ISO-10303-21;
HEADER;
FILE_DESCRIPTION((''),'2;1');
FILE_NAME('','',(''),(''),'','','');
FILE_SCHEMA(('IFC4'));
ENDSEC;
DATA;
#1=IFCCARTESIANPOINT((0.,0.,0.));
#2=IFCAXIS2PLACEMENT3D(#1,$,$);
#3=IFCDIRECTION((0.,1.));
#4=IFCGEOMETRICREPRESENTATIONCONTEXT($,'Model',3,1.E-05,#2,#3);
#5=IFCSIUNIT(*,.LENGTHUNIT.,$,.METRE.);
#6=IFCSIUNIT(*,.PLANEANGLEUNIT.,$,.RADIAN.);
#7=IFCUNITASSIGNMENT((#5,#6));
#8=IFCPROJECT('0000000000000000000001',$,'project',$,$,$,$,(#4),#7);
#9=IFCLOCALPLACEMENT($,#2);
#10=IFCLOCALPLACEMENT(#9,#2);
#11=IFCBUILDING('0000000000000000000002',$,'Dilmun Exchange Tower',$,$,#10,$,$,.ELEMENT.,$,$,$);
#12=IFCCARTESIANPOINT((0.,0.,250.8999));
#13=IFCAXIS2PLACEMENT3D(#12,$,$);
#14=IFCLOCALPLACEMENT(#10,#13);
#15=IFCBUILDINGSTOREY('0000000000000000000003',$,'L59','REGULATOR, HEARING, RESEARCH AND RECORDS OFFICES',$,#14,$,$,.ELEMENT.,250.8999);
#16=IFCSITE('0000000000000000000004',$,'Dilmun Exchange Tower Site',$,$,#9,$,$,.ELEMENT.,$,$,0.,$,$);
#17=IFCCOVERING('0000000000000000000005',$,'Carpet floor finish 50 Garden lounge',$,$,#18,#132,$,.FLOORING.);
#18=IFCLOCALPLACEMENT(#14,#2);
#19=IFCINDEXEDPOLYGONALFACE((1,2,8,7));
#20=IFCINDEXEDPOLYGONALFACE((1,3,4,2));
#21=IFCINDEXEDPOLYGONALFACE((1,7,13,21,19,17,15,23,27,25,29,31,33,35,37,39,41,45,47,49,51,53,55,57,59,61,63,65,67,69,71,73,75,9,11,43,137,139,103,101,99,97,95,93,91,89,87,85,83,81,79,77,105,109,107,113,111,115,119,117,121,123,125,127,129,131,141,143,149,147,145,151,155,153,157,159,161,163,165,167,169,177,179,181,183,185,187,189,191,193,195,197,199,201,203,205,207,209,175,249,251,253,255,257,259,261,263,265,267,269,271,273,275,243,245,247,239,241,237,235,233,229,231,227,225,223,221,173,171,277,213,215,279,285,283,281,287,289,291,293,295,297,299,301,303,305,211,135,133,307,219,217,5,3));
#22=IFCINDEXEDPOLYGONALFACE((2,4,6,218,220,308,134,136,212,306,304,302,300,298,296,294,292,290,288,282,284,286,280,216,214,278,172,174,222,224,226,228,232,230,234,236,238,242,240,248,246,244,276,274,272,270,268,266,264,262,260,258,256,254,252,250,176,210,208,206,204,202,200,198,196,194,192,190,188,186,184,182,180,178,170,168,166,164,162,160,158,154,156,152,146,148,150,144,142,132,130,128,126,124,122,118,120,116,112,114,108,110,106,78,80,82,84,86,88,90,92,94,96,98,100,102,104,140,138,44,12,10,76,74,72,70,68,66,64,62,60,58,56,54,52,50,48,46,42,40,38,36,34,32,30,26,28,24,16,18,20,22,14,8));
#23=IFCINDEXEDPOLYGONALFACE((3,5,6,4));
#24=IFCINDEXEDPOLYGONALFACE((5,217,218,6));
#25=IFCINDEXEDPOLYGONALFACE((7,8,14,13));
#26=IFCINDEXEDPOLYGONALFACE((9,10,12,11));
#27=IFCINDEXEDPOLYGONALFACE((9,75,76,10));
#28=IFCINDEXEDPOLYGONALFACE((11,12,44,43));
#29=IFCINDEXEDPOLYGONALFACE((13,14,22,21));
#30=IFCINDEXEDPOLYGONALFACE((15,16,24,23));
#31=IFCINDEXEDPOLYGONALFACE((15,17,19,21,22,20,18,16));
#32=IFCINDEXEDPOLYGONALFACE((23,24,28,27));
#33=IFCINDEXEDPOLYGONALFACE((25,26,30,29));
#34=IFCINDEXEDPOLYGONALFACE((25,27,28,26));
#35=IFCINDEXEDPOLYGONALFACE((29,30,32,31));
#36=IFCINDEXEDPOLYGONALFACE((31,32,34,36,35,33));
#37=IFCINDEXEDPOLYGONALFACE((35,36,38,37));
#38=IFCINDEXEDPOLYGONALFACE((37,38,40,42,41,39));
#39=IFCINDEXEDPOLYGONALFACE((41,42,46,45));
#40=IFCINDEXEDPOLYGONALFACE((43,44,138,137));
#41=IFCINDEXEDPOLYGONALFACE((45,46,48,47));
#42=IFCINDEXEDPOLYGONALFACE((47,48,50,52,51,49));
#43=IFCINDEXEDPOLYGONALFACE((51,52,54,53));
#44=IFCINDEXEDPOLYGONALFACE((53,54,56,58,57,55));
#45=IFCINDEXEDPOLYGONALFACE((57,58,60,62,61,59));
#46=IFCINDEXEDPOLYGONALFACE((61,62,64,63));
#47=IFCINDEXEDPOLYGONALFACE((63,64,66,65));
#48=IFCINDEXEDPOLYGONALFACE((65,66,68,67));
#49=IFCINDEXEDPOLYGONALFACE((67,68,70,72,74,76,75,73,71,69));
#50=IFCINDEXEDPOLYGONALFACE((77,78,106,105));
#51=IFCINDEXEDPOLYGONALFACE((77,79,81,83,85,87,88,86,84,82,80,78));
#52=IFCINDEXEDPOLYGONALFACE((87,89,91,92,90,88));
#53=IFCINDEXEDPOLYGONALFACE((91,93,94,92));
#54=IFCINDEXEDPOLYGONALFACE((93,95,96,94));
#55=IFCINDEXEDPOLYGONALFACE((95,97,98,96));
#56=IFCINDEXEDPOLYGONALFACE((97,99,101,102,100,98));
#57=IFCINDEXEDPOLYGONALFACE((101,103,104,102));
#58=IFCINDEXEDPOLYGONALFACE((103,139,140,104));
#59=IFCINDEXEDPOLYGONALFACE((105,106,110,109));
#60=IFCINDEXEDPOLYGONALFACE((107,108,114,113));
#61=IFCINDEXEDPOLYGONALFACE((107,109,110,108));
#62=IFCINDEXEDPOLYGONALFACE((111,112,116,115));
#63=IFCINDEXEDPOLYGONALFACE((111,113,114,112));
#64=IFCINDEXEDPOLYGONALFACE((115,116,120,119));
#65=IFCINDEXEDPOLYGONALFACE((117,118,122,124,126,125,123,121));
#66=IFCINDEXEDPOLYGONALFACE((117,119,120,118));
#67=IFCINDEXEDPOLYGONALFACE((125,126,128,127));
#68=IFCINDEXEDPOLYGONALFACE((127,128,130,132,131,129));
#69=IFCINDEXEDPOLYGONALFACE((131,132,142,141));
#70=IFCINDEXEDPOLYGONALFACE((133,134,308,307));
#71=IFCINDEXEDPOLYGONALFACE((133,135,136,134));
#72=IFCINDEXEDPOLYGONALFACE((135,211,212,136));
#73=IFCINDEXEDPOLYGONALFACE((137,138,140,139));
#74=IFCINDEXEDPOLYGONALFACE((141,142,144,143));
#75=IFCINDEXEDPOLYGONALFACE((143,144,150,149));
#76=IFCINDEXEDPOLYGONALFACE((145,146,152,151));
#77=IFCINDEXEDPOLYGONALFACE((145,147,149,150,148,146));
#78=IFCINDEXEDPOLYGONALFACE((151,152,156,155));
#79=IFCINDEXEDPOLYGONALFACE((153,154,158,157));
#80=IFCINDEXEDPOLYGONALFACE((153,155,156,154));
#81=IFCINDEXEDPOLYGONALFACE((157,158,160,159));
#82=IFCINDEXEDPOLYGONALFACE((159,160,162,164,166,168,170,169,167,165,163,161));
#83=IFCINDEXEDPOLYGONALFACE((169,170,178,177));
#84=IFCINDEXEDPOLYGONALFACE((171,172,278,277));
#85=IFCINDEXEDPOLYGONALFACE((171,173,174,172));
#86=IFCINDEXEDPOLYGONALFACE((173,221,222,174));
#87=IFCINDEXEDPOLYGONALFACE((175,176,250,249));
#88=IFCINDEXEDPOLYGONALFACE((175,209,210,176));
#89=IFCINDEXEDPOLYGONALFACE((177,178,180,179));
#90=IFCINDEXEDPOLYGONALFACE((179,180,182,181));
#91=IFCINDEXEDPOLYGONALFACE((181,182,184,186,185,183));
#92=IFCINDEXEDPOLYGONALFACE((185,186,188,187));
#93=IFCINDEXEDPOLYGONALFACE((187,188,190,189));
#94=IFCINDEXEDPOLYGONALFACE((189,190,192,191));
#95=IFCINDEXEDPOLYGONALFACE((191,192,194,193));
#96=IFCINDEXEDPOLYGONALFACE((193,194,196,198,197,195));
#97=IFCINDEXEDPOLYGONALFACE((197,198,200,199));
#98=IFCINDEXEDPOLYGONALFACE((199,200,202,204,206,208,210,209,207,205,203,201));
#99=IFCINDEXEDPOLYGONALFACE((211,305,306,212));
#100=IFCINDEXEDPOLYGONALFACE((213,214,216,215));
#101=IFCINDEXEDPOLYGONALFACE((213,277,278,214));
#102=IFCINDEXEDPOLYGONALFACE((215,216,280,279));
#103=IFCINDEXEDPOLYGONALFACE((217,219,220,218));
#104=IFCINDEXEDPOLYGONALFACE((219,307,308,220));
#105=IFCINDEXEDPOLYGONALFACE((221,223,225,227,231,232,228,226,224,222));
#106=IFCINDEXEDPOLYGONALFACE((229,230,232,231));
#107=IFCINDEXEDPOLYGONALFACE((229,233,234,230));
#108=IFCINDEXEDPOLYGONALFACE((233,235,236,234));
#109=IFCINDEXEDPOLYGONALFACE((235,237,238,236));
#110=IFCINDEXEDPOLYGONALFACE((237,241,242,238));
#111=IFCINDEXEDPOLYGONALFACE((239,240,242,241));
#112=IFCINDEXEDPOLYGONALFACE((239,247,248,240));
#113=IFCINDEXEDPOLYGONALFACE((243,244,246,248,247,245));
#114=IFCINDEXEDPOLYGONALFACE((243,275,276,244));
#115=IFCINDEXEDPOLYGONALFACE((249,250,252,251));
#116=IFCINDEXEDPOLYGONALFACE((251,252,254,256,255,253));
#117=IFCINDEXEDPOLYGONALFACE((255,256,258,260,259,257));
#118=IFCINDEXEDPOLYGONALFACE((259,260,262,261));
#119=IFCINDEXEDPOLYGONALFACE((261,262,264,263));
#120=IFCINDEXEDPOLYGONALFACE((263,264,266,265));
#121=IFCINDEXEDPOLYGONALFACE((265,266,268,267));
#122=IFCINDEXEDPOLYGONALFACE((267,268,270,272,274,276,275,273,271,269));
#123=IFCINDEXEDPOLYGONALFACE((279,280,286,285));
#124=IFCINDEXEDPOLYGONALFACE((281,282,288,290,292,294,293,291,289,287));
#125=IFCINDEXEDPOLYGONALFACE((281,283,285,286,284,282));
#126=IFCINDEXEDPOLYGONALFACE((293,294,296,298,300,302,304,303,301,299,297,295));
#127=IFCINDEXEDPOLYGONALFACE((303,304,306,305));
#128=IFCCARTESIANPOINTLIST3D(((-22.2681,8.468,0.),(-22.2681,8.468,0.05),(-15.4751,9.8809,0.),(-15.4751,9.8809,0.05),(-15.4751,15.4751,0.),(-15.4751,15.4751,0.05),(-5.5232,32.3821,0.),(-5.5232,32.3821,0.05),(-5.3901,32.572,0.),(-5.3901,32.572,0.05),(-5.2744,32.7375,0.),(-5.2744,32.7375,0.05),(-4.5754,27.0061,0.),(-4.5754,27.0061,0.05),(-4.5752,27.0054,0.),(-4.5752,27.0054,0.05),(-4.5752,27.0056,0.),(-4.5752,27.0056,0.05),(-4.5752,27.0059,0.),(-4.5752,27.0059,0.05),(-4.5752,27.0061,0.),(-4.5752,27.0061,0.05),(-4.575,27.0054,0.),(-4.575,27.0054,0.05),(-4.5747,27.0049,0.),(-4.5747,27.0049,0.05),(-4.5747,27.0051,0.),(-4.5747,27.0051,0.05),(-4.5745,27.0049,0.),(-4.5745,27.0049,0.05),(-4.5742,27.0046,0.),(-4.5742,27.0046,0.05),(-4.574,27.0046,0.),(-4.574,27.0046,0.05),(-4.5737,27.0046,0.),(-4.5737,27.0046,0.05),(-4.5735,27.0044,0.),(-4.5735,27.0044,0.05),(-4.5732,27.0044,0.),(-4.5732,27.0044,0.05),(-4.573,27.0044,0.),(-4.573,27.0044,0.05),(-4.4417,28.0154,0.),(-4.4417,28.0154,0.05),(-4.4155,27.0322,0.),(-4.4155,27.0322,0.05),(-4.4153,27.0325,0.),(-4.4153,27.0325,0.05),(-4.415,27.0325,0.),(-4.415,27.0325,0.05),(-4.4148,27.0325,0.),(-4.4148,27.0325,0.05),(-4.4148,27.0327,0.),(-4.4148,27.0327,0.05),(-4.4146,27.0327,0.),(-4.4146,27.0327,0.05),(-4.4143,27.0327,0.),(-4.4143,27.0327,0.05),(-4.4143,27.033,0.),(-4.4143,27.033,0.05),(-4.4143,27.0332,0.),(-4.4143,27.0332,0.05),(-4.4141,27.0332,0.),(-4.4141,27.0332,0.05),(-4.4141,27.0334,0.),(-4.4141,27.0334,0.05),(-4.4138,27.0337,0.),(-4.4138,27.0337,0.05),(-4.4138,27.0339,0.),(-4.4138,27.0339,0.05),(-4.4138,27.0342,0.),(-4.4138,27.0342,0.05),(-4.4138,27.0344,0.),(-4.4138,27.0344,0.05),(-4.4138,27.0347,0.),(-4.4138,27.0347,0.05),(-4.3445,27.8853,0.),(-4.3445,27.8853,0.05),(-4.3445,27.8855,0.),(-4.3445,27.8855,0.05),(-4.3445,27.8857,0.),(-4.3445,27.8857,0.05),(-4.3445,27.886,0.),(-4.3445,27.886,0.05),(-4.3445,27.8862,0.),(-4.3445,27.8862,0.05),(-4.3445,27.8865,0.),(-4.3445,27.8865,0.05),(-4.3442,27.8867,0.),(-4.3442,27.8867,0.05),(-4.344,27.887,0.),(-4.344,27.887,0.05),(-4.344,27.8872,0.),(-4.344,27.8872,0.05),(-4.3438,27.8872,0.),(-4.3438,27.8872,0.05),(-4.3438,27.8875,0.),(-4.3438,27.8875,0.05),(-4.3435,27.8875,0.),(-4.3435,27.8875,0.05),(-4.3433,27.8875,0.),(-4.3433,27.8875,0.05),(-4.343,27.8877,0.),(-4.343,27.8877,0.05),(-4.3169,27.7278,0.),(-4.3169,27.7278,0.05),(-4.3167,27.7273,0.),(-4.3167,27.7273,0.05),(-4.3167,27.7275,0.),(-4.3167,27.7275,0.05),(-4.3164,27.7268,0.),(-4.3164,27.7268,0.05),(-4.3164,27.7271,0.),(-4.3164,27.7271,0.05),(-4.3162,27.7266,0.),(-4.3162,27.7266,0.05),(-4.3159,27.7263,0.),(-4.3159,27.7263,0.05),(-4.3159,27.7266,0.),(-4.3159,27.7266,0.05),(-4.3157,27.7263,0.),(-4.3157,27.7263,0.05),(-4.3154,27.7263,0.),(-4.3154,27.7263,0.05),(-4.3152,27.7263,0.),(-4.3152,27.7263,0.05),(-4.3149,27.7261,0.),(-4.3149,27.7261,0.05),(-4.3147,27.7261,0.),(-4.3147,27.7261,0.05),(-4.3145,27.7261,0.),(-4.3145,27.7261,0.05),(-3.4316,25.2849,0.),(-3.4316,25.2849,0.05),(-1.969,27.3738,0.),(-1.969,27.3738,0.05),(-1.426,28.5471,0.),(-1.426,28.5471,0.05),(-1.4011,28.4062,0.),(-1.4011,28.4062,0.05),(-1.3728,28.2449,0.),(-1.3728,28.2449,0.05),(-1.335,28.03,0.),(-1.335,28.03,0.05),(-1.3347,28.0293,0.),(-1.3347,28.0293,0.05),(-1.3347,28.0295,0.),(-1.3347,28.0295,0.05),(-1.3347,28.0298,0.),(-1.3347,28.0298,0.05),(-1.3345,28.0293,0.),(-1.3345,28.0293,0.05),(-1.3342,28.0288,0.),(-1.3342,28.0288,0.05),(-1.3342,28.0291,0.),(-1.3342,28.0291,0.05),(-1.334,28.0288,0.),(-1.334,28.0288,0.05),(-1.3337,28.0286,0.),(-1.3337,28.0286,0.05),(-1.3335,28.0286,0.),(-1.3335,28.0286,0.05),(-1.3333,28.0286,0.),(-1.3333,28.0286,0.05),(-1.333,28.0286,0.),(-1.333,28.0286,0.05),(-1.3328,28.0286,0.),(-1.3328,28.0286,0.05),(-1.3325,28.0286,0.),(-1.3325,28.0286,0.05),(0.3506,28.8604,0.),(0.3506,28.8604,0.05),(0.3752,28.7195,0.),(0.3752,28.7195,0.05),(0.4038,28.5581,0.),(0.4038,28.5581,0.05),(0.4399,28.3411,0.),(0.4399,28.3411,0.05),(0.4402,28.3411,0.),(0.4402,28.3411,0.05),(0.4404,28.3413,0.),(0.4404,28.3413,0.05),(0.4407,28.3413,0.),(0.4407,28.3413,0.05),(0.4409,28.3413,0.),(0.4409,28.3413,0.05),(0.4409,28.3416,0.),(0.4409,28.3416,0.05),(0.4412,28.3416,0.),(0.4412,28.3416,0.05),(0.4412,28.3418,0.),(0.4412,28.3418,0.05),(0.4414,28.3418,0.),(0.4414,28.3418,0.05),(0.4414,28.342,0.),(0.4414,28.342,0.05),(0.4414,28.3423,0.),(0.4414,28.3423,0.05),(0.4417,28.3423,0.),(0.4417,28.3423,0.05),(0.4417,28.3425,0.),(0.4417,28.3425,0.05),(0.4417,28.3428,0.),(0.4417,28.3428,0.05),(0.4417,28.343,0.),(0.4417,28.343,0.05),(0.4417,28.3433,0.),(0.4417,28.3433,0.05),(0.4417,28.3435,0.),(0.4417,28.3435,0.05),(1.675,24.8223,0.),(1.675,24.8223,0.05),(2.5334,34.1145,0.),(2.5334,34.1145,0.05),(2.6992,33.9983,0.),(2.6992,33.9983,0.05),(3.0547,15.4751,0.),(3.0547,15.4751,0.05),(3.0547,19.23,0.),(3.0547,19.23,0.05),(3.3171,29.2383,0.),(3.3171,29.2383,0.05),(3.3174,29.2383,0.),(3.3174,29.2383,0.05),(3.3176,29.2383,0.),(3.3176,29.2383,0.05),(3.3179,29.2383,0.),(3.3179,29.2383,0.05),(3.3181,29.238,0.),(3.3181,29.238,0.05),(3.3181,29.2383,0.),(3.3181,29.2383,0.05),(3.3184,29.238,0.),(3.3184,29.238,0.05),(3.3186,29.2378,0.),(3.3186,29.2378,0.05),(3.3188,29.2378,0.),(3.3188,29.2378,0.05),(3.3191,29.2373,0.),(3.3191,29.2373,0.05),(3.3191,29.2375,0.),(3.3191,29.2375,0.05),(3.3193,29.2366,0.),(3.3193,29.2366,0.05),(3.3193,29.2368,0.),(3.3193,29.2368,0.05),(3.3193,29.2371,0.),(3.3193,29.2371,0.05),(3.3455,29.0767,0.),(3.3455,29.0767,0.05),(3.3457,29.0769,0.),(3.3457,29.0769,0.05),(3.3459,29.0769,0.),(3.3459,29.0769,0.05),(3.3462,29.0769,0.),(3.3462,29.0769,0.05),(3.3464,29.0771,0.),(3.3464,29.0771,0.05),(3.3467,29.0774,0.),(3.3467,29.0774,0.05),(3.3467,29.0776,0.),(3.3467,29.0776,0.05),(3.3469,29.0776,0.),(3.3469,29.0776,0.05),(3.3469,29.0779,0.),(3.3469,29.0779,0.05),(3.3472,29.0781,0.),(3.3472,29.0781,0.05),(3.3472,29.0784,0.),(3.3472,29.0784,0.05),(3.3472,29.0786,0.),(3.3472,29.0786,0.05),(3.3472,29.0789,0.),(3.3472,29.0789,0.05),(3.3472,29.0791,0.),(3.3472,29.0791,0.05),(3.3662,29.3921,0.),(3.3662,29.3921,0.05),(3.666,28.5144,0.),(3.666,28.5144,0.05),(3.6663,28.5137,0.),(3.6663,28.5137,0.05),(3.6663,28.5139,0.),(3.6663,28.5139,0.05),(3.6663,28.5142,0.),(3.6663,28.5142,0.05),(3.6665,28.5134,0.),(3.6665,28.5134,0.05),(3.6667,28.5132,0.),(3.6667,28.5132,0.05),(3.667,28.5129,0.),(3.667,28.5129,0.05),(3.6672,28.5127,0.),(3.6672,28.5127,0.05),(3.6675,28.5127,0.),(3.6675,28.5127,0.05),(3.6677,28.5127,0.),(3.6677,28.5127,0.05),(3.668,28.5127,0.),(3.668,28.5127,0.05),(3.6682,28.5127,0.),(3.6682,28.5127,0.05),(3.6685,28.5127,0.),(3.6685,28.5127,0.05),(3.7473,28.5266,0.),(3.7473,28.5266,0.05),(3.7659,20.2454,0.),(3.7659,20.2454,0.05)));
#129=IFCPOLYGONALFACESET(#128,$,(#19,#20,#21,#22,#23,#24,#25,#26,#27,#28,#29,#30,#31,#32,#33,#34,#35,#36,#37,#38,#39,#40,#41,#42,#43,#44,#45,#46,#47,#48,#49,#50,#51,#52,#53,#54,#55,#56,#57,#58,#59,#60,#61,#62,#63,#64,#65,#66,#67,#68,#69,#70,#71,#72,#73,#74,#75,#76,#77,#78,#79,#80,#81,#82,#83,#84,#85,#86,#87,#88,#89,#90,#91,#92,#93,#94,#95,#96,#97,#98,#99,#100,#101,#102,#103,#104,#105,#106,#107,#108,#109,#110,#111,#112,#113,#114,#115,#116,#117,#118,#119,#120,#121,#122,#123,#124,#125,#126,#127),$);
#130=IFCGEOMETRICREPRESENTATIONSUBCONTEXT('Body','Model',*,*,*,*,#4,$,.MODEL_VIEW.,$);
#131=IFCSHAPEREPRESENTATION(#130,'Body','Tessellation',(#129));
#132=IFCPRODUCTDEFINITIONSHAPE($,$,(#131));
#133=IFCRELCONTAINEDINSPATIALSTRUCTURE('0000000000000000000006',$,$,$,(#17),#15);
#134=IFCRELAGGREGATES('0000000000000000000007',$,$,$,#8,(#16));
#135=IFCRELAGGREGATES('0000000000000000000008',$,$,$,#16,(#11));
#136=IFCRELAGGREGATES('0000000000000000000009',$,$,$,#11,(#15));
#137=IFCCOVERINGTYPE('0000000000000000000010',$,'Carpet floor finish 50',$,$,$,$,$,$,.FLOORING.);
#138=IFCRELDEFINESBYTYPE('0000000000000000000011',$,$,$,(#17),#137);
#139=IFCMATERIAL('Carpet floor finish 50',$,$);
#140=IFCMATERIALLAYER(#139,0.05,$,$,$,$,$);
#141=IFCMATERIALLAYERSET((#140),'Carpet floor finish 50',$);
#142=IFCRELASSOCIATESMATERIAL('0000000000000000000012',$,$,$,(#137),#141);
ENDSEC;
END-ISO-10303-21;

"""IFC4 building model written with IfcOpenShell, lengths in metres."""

from ifc_helpers import new_model, si_unit, direction, frame, origin, place, context, subcontext, project, spatial, polyline, outline, extrude, material, layer, layer_set, type_object, element, save


model = new_model("IFC4")

# Units and contexts
model_context = context("Model", 3, precision=1e-05, world=origin(), true_north=direction((0.0, 1.0)))
body_context = subcontext(model_context, "Body", "Model", "MODEL_VIEW")
ifc_project = project(units=[si_unit("LENGTHUNIT", "METRE"), si_unit("PLANEANGLEUNIT", "RADIAN")], contexts=[model_context])

# Site, building, storey
site_placement = place(None, origin())
site = spatial("IfcSite", under=ifc_project, at=site_placement, Name="Dilmun Exchange Tower Site", CompositionType="ELEMENT", RefElevation=0.0)
building_placement = place(site_placement, origin())
building = spatial("IfcBuilding", under=site, at=building_placement, Name="Dilmun Exchange Tower", CompositionType="ELEMENT")
storey_placement = place(building_placement, frame((0.0, 0.0, 250.8999)))
storey = spatial("IfcBuildingStorey", under=building, at=storey_placement, Name="L59", Description="REGULATOR, HEARING, RESEARCH AND RECORDS OFFICES", CompositionType="ELEMENT", Elevation=250.8999)

# Covering
ifc_material_1 = material(Name="Carpet floor finish 50")
ifc_layer_1 = layer(ifc_material_1, 0.05)
ifc_layer_set_1 = layer_set([ifc_layer_1], Name="Carpet floor finish 50")
covering_type_1 = type_object("IfcCoveringType", Name="Carpet floor finish 50", PredefinedType="FLOORING", material=ifc_layer_set_1)
covering_1_placement = place(storey_placement, origin())
element("IfcCovering", 1, at=covering_1_placement, inside=storey, type_object=covering_type_1, Name="Carpet floor finish 50 Garden lounge", PredefinedType="FLOORING", context=body_context, shape_type="SweptSolid", body=[
    extrude(outline(polyline([(-15.4751, 9.8809), (-22.2681, 8.468), (-5.5232, 32.3821), (-4.5754, 27.0061), (-4.5752, 27.0061), (-4.5752, 27.0059), (-4.5752, 27.0056), (-4.5752, 27.0054), (-4.575, 27.0054), (-4.5747, 27.0051), (-4.5747, 27.0049), (-4.5745, 27.0049), (-4.5745, 27.0049), (-4.5742, 27.0046), (-4.574, 27.0046), (-4.5737, 27.0046), (-4.5735, 27.0044), (-4.5735, 27.0044), (-4.5732, 27.0044), (-4.573, 27.0044), (-4.4155, 27.0322), (-4.4153, 27.0325), (-4.415, 27.0325), (-4.4148, 27.0325), (-4.4148, 27.0327), (-4.4146, 27.0327), (-4.4143, 27.0327), (-4.4143, 27.033), (-4.4143, 27.0332), (-4.4141, 27.0332), (-4.4141, 27.0334), (-4.4138, 27.0337), (-4.4138, 27.0339), (-4.4138, 27.0342), (-4.4138, 27.0342), (-4.4138, 27.0344), (-4.4138, 27.0347), (-5.3901, 32.572), (-5.2744, 32.7375), (-4.4417, 28.0154), (-1.426, 28.5471), (-1.4011, 28.4062), (-4.343, 27.8877), (-4.343, 27.8877), (-4.3433, 27.8875), (-4.3435, 27.8875), (-4.3438, 27.8875), (-4.3438, 27.8872), (-4.344, 27.8872), (-4.344, 27.887), (-4.3442, 27.8867), (-4.3442, 27.8867), (-4.3445, 27.8865), (-4.3445, 27.8862), (-4.3445, 27.886), (-4.3445, 27.886), (-4.3445, 27.8857), (-4.3445, 27.8855), (-4.3445, 27.8853), (-4.3169, 27.7278), (-4.3167, 27.7275), (-4.3167, 27.7273), (-4.3167, 27.7273), (-4.3164, 27.7271), (-4.3164, 27.7268), (-4.3164, 27.7268), (-4.3162, 27.7266), (-4.3159, 27.7266), (-4.3159, 27.7263), (-4.3157, 27.7263), (-4.3154, 27.7263), (-4.3152, 27.7263), (-4.3149, 27.7261), (-4.3149, 27.7261), (-4.3147, 27.7261), (-4.3145, 27.7261), (-1.3728, 28.2449), (-1.335, 28.03), (-1.3347, 28.0298), (-1.3347, 28.0298), (-1.3347, 28.0295), (-1.3347, 28.0293), (-1.3345, 28.0293), (-1.3342, 28.0291), (-1.3342, 28.0288), (-1.334, 28.0288), (-1.334, 28.0288), (-1.3337, 28.0286), (-1.3335, 28.0286), (-1.3333, 28.0286), (-1.333, 28.0286), (-1.333, 28.0286), (-1.3328, 28.0286), (-1.3325, 28.0286), (0.4399, 28.3411), (0.4402, 28.3411), (0.4404, 28.3413), (0.4407, 28.3413), (0.4409, 28.3413), (0.4409, 28.3416), (0.4412, 28.3416), (0.4412, 28.3418), (0.4414, 28.3418), (0.4414, 28.342), (0.4414, 28.3423), (0.4417, 28.3423), (0.4417, 28.3425), (0.4417, 28.3428), (0.4417, 28.343), (0.4417, 28.3433), (0.4417, 28.3435), (0.4038, 28.5581), (3.3455, 29.0767), (3.3457, 29.0769), (3.3459, 29.0769), (3.3462, 29.0769), (3.3462, 29.0769), (3.3464, 29.0771), (3.3467, 29.0774), (3.3467, 29.0774), (3.3467, 29.0776), (3.3469, 29.0776), (3.3469, 29.0779), (3.3472, 29.0781), (3.3472, 29.0784), (3.3472, 29.0786), (3.3472, 29.0786), (3.3472, 29.0789), (3.3472, 29.0791), (3.3193, 29.2366), (3.3193, 29.2368), (3.3193, 29.2371), (3.3191, 29.2373), (3.3191, 29.2373), (3.3191, 29.2375), (3.3188, 29.2378), (3.3186, 29.2378), (3.3186, 29.2378), (3.3184, 29.238), (3.3181, 29.238), (3.3181, 29.2383), (3.3179, 29.2383), (3.3176, 29.2383), (3.3174, 29.2383), (3.3174, 29.2383), (3.3171, 29.2383), (0.3752, 28.7195), (0.3506, 28.8604), (3.3662, 29.3921), (2.5334, 34.1145), (2.6992, 33.9983), (3.666, 28.5144), (3.6663, 28.5142), (3.6663, 28.5139), (3.6663, 28.5137), (3.6665, 28.5134), (3.6665, 28.5134), (3.6667, 28.5132), (3.6667, 28.5132), (3.667, 28.5129), (3.667, 28.5129), (3.6672, 28.5127), (3.6675, 28.5127), (3.6677, 28.5127), (3.668, 28.5127), (3.6682, 28.5127), (3.6682, 28.5127), (3.6685, 28.5127), (3.7473, 28.5266), (1.675, 24.8223), (-1.969, 27.3738), (-3.4316, 25.2849), (3.7659, 20.2454), (3.0547, 19.23), (3.0547, 15.4751), (-15.4751, 15.4751), (-15.4751, 9.8809)])), origin(), (0.0, 0.0, 1.0), 0.05),
])

save(model, "model.ifc")
